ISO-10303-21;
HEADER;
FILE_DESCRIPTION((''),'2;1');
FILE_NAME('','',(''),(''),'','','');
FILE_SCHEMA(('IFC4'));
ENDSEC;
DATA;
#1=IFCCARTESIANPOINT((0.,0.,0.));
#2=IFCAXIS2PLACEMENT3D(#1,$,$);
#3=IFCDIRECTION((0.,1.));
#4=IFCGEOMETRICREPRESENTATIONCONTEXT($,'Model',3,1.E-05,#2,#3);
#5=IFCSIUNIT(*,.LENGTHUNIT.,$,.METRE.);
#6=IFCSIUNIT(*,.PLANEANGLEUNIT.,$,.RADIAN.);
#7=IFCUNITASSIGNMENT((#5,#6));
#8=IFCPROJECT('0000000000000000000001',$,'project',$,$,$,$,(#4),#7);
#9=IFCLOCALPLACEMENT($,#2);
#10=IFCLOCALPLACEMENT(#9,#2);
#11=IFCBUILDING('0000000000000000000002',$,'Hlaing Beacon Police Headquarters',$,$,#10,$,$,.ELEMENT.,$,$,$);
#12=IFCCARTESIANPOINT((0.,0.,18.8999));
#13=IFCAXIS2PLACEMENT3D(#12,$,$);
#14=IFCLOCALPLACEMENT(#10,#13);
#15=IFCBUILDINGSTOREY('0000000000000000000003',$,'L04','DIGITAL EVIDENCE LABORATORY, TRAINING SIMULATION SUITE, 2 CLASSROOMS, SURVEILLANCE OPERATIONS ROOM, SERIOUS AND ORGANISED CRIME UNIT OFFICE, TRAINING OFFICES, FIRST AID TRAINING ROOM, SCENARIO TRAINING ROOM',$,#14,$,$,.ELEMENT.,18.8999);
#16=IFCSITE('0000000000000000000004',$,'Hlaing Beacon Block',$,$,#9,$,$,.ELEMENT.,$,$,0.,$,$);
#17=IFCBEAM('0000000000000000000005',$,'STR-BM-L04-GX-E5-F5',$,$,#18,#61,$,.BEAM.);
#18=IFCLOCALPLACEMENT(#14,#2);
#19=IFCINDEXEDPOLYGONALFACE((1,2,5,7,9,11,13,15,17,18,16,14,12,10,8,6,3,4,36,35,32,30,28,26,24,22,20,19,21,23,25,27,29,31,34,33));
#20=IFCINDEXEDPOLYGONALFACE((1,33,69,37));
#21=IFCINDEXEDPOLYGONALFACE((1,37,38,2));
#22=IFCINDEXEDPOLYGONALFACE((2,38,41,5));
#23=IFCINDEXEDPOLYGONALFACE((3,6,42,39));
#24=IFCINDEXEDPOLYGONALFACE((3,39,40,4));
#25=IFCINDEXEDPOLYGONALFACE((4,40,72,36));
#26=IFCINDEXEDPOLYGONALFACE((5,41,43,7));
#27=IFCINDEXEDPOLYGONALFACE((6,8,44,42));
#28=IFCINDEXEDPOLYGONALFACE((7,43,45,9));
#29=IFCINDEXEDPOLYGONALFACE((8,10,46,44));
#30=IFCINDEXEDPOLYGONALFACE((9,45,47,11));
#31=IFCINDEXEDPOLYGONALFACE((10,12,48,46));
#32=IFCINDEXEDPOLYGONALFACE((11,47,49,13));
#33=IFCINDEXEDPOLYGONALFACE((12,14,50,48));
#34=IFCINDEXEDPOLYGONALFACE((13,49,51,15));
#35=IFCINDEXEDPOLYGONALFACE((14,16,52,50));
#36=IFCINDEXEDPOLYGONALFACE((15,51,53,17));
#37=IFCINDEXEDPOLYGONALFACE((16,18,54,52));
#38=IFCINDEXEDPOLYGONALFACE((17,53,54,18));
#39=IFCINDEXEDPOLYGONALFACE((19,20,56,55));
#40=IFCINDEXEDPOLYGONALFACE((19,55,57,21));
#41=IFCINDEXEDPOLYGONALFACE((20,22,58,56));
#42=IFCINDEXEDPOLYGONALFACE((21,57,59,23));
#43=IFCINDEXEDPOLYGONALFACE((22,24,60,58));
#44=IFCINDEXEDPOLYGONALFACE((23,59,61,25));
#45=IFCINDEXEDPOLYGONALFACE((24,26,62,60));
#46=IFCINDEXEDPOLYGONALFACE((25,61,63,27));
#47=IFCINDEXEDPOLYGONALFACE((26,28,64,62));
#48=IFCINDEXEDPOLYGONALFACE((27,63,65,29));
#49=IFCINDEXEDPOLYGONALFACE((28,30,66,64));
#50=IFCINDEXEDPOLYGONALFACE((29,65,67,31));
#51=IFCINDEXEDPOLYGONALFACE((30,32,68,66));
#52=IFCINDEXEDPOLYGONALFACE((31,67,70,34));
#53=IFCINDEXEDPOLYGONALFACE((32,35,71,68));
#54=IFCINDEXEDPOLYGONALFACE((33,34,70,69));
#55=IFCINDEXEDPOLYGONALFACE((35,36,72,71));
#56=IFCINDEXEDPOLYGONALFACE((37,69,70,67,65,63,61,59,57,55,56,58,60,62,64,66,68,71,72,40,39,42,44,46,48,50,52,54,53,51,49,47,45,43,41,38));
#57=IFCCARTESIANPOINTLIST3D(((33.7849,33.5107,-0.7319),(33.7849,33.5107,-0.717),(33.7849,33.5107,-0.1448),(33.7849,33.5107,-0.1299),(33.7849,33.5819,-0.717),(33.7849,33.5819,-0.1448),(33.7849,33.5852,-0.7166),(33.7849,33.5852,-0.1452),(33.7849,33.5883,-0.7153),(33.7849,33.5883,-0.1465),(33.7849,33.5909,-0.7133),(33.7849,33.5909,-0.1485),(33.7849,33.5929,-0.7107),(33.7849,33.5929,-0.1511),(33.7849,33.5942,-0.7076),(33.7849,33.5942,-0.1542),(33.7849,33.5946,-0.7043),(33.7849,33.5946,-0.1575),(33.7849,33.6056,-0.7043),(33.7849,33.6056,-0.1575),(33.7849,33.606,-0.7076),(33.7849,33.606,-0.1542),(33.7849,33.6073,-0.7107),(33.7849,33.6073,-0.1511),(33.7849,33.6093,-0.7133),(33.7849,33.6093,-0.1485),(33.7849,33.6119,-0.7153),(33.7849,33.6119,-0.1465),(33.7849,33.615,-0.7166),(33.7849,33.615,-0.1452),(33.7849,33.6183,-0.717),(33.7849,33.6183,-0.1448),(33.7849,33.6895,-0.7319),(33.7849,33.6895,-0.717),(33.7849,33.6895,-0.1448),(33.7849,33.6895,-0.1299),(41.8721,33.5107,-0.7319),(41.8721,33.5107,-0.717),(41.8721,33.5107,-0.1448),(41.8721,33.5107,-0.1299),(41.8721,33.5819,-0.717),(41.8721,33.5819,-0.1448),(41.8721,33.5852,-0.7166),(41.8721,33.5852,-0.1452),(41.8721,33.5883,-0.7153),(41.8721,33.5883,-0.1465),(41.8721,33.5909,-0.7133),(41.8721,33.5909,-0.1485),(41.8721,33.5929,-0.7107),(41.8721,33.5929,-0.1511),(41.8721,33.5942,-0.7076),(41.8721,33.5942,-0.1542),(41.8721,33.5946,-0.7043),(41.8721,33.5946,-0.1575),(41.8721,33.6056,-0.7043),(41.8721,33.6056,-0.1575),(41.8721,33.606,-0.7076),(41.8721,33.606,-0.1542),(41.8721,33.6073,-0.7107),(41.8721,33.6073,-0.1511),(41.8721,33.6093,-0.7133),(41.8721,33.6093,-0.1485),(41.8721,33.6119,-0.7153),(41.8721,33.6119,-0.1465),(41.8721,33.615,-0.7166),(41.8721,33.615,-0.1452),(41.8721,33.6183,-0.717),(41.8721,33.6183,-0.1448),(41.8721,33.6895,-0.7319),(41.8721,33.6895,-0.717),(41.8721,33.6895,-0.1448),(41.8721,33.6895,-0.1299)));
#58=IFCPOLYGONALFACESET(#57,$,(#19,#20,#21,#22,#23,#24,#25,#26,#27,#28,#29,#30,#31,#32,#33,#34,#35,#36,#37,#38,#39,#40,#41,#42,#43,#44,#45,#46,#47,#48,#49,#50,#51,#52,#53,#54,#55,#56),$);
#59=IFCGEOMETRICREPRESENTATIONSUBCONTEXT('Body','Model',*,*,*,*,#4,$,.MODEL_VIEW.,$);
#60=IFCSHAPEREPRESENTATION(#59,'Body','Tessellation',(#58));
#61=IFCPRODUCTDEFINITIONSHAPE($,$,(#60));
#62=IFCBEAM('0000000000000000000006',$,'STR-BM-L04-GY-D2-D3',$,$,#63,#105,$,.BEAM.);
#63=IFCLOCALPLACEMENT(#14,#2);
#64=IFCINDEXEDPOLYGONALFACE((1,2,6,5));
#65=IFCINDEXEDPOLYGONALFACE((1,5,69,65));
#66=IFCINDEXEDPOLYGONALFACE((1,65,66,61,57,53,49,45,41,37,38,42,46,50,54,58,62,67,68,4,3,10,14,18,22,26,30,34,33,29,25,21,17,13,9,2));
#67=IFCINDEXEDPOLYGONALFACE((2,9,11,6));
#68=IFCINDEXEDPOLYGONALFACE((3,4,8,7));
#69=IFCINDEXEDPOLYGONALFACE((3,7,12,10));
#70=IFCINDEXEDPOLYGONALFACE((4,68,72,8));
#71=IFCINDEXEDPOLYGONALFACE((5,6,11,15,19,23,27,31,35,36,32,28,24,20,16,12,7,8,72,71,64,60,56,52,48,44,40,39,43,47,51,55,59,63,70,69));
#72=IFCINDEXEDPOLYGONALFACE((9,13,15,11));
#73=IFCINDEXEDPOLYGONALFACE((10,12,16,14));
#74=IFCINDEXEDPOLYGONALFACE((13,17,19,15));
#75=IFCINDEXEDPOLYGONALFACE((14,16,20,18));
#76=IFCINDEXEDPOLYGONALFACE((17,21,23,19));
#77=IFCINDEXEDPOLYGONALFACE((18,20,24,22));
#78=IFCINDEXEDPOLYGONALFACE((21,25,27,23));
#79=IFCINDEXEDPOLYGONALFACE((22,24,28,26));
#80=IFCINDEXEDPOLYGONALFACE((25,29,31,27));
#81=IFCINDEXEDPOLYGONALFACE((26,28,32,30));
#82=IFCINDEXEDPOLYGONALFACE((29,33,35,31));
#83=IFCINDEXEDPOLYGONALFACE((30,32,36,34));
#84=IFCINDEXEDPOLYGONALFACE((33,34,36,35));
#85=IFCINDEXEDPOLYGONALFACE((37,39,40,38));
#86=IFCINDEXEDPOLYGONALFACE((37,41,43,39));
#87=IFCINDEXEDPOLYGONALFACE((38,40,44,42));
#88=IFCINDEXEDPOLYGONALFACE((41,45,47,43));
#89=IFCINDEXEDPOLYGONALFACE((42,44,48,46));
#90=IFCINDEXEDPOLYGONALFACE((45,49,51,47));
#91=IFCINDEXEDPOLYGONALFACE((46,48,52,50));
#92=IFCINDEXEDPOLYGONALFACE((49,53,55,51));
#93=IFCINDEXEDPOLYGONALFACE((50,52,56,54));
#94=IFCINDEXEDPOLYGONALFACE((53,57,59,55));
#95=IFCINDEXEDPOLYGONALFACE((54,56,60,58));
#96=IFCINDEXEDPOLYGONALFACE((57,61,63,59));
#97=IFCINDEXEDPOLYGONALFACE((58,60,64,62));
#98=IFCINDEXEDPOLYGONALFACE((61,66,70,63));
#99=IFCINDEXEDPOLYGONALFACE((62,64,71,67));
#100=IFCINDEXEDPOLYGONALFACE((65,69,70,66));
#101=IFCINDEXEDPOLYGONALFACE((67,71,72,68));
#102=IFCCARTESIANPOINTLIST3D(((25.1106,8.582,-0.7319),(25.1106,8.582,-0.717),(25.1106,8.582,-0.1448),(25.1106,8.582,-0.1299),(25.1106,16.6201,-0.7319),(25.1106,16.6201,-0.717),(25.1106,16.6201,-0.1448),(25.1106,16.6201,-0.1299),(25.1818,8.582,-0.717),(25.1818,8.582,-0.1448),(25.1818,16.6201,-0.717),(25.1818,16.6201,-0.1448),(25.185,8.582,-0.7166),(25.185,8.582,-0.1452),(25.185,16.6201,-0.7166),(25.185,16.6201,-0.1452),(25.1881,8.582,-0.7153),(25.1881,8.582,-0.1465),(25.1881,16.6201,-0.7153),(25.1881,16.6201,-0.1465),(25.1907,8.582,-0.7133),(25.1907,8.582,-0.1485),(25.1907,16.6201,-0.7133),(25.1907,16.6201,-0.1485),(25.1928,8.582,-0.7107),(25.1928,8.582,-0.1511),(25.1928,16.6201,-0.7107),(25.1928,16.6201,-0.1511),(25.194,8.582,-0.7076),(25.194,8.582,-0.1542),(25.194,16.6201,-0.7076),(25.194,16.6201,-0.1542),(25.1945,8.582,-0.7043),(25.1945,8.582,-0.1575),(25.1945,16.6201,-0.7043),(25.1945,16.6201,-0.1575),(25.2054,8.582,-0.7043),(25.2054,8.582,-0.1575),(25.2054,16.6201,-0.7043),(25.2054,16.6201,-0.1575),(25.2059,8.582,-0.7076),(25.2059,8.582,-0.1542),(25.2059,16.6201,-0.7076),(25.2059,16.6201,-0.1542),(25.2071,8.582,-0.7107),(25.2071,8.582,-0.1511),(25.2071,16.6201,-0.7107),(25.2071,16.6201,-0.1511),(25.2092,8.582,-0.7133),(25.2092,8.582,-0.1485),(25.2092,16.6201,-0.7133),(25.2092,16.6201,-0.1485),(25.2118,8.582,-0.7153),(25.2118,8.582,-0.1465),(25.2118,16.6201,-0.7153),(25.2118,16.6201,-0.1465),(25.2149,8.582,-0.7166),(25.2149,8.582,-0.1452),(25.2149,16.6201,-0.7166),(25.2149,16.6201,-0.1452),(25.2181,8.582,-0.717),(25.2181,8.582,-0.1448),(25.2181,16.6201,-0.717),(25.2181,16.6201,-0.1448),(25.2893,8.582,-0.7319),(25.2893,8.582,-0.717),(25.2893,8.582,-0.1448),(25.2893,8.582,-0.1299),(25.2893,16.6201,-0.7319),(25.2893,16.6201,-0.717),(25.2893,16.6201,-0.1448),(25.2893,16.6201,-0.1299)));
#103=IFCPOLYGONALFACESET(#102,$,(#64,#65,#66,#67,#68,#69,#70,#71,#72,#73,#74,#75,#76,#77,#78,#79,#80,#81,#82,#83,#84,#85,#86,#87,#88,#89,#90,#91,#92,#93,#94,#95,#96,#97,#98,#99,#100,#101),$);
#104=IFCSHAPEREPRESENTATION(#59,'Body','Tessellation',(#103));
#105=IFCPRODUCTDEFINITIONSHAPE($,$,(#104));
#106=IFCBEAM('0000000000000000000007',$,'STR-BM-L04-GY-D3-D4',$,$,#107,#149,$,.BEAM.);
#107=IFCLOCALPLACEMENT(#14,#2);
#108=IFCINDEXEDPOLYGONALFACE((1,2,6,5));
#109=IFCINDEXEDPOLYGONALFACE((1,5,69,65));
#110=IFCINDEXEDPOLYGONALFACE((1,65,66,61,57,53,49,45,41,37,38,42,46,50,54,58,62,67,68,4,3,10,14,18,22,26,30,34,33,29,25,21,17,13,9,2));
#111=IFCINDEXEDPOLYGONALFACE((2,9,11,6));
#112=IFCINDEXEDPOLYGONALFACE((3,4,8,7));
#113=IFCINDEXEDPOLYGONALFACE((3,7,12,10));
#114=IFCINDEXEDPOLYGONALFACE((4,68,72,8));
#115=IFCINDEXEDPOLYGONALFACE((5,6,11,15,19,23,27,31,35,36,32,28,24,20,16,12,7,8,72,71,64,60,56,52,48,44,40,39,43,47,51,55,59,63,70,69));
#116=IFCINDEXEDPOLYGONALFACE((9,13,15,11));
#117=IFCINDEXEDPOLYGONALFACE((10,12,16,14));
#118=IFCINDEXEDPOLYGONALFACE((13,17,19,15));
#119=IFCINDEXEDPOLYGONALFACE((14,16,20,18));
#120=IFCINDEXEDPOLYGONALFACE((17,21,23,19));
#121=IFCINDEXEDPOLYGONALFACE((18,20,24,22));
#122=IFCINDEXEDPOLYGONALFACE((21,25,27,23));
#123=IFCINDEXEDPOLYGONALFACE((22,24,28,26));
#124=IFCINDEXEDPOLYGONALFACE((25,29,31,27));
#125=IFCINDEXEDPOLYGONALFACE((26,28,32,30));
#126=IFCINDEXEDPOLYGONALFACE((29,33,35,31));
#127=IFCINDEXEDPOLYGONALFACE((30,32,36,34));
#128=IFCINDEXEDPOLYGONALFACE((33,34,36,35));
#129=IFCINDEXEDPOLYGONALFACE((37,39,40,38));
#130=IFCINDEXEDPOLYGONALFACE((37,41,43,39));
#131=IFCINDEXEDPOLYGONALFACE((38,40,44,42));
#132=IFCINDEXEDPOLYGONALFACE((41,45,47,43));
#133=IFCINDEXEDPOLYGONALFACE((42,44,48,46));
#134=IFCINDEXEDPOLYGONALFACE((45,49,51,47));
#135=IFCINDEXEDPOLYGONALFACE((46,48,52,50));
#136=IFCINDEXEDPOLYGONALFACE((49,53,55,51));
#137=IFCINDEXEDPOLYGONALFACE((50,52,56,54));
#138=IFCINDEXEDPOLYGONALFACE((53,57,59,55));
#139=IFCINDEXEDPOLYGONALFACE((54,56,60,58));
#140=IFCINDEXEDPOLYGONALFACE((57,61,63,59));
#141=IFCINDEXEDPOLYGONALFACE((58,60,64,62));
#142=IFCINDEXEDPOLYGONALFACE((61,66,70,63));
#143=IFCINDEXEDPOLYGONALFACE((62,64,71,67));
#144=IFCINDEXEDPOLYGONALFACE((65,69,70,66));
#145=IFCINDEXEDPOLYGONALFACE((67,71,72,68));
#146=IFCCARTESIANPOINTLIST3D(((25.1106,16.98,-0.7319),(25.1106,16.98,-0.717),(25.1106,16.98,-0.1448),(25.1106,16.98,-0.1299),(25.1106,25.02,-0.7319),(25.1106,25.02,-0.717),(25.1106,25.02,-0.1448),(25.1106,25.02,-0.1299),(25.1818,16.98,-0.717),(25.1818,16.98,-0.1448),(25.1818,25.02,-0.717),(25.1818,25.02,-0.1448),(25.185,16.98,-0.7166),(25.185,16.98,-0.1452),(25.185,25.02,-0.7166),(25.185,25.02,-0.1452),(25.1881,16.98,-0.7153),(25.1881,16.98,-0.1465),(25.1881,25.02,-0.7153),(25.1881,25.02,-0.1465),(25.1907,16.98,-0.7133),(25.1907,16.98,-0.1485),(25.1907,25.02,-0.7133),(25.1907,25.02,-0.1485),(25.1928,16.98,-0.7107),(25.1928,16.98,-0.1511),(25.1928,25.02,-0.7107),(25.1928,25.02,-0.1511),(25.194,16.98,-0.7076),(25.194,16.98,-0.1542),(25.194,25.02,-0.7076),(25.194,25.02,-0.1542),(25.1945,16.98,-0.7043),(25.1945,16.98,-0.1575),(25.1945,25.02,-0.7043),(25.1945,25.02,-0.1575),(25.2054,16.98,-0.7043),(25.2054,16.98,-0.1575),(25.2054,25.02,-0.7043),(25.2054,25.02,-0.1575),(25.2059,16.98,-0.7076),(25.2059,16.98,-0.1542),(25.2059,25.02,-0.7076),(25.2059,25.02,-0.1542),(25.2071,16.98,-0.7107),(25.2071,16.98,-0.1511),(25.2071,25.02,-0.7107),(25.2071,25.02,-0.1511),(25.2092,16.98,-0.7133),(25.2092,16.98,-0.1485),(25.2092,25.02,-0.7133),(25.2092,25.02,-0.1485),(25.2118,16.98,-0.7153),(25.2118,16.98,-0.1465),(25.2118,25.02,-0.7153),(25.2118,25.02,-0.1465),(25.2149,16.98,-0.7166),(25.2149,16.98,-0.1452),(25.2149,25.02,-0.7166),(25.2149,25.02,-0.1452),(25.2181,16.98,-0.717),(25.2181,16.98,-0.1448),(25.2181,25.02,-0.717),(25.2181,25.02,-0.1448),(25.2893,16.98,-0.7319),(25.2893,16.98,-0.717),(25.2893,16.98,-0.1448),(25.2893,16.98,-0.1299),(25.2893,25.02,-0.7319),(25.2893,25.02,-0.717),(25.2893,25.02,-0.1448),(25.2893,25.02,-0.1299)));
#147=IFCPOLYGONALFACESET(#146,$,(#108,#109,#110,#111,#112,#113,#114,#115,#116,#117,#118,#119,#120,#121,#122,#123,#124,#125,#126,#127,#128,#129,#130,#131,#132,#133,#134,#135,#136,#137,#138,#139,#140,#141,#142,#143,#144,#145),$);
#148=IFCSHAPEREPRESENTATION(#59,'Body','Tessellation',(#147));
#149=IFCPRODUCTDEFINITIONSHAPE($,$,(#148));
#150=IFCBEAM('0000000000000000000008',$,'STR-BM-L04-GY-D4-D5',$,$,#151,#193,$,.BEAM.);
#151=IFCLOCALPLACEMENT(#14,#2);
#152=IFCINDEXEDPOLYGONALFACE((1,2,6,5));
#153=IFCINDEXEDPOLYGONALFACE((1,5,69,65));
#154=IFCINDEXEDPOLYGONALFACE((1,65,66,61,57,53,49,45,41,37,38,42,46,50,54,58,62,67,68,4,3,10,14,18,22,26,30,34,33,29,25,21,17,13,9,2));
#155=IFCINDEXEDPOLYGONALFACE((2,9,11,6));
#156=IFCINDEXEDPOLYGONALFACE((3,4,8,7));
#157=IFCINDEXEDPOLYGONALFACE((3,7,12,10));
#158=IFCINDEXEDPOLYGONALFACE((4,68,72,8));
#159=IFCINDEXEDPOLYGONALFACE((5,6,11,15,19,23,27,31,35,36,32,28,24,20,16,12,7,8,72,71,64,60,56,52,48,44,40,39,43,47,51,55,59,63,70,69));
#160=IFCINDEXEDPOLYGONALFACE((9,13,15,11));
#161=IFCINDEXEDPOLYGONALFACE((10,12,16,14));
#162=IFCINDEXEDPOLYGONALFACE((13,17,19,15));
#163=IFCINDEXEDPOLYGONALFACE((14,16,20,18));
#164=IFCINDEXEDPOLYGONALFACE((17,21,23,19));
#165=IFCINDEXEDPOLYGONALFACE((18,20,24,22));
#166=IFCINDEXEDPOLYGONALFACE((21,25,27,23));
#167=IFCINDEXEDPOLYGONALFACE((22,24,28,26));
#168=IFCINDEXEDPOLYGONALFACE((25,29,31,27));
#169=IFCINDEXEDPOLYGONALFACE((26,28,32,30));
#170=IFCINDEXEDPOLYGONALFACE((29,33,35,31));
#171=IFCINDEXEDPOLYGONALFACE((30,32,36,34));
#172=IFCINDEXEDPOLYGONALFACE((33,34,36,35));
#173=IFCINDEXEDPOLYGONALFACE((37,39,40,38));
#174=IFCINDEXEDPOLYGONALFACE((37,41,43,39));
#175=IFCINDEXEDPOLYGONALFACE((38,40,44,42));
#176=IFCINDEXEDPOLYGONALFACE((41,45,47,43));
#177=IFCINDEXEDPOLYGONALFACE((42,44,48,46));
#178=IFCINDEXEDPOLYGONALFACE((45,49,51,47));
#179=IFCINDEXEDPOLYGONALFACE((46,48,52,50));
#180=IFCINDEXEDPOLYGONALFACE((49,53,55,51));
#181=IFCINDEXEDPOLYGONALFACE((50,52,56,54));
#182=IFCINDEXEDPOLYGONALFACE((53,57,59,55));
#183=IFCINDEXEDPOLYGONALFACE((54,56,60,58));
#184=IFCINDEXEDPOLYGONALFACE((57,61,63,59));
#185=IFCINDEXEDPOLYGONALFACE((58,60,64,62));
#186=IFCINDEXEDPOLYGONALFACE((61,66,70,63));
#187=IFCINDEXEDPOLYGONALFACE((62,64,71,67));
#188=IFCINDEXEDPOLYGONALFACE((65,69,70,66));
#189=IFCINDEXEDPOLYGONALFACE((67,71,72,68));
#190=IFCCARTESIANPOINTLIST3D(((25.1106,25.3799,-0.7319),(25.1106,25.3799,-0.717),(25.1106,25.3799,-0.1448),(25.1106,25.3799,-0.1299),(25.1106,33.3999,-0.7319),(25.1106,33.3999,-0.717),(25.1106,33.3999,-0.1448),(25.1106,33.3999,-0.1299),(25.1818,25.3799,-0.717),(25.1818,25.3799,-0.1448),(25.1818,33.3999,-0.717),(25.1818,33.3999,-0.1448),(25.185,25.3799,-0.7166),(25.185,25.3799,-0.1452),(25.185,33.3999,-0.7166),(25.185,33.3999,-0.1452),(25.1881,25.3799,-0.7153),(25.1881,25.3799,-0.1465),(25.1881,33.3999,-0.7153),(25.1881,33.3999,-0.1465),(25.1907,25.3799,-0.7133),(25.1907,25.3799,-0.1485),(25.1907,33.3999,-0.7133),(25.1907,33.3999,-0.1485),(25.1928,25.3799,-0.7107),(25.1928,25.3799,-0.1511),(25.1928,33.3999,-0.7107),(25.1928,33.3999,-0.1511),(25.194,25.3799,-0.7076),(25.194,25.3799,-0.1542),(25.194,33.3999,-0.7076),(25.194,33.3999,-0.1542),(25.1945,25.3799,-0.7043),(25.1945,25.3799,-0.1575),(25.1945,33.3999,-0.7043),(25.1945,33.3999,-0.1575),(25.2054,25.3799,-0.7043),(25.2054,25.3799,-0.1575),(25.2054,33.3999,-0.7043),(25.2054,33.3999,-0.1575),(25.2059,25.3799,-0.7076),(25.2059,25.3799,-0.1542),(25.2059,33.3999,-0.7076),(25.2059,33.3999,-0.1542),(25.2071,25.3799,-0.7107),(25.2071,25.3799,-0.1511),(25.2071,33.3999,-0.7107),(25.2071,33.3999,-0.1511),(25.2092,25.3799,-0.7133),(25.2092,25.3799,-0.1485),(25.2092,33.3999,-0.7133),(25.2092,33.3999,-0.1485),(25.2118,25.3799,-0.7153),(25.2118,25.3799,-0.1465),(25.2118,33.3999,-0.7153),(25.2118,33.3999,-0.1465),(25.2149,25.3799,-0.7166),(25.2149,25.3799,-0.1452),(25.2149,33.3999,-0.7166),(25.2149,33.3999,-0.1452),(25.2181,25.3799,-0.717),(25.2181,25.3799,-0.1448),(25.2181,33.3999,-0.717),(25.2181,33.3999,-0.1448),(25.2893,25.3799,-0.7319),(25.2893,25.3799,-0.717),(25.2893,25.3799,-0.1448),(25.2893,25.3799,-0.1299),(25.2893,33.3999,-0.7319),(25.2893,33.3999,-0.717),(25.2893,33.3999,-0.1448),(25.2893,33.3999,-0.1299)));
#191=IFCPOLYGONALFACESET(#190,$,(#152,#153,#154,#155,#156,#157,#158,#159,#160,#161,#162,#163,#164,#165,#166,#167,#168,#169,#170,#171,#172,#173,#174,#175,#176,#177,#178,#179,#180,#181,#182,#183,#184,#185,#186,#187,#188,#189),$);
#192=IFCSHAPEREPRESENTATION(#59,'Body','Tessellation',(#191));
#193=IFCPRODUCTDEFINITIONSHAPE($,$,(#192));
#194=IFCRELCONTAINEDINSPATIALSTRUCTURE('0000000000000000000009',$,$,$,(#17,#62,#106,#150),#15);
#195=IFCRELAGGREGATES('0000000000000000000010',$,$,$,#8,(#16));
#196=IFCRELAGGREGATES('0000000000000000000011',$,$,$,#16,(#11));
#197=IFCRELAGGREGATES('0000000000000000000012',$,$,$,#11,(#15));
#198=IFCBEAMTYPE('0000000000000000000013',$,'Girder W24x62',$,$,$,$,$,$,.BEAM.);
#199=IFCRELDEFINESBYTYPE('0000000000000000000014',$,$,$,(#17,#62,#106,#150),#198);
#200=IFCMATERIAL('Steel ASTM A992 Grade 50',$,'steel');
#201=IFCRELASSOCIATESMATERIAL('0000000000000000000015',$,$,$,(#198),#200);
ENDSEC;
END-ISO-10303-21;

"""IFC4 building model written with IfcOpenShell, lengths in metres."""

from ifc_helpers import new_model, si_unit, direction, frame, origin, origin_2d, place, context, subcontext, project, spatial, i_section, extrude, material, material_profile, profile_set, type_object, element, save


model = new_model("IFC4")

# Units and contexts
model_context = context("Model", 3, precision=1e-05, world=origin(), true_north=direction((0.0, 1.0)))
body_context = subcontext(model_context, "Body", "Model", "MODEL_VIEW")
ifc_project = project(units=[si_unit("LENGTHUNIT", "METRE"), si_unit("PLANEANGLEUNIT", "RADIAN")], contexts=[model_context])

# Site, building, storey
site_placement = place(None, origin())
site = spatial("IfcSite", under=ifc_project, at=site_placement, Name="Hlaing Beacon Block", CompositionType="ELEMENT", RefElevation=0.0)
building_placement = place(site_placement, origin())
building = spatial("IfcBuilding", under=site, at=building_placement, Name="Hlaing Beacon Police Headquarters", CompositionType="ELEMENT")
storey_placement = place(building_placement, frame((0.0, 0.0, 18.8999)))
storey = spatial("IfcBuildingStorey", under=building, at=storey_placement, Name="L04", Description="DIGITAL EVIDENCE LABORATORY, TRAINING SIMULATION SUITE, 2 CLASSROOMS, SURVEILLANCE OPERATIONS ROOM, SERIOUS AND ORGANISED CRIME UNIT OFFICE, TRAINING OFFICES, FIRST AID TRAINING ROOM, SCENARIO TRAINING ROOM", CompositionType="ELEMENT", Elevation=18.8999)

# Beams
ifc_material_1 = material(Name="Steel ASTM A992 Grade 50", Category="steel")
ifc_material_profile_1 = material_profile(ifc_material_1, i_section(OverallWidth=0.1787, OverallDepth=0.6021, WebThickness=0.011, FlangeThickness=0.0149, FilletRadius=0.0127, at=origin_2d()), Name="W24x62")
ifc_profile_set_1 = profile_set([ifc_material_profile_1], Name="Steel ASTM A992 Grade 50")
beam_type_1 = type_object("IfcBeamType", Name="Girder W24x62", PredefinedType="BEAM", material=ifc_profile_set_1)
beam_1_placement = place(storey_placement, frame((33.7849, 33.6001, -0.4309), z_axis=(1.0, 0.0, 0.0), x_axis=(0.0, 1.0, 0.0)))
element("IfcBeam", 1, at=beam_1_placement, inside=storey, type_object=beam_type_1, Name="STR-BM-L04-GX-E5-F5", PredefinedType="BEAM", context=body_context, shape_type="SweptSolid", body=[
    extrude(i_section(OverallWidth=0.1787, OverallDepth=0.6021, WebThickness=0.011, FlangeThickness=0.0149, FilletRadius=0.0127, at=origin_2d()), origin(), (0.0, 0.0, 1.0), 8.0872),
])
beam_2_placement = place(storey_placement, frame((25.2, 8.582, -0.4309), z_axis=(0.0, 1.0, 0.0), x_axis=(-1.0, 0.0, 0.0)))
element("IfcBeam", 2, at=beam_2_placement, inside=storey, type_object=beam_type_1, Name="STR-BM-L04-GY-D2-D3", PredefinedType="BEAM", context=body_context, shape_type="SweptSolid", body=[
    extrude(i_section(OverallWidth=0.1787, OverallDepth=0.6021, WebThickness=0.011, FlangeThickness=0.0149, FilletRadius=0.0127, at=origin_2d()), origin(), (0.0, 0.0, 1.0), 8.0381),
])
beam_3_placement = place(storey_placement, frame((25.2, 16.98, -0.4309), z_axis=(0.0, 1.0, 0.0), x_axis=(-1.0, 0.0, 0.0)))
element("IfcBeam", 3, at=beam_3_placement, inside=storey, type_object=beam_type_1, Name="STR-BM-L04-GY-D3-D4", PredefinedType="BEAM", context=body_context, shape_type="SweptSolid", body=[
    extrude(i_section(OverallWidth=0.1787, OverallDepth=0.6021, WebThickness=0.011, FlangeThickness=0.0149, FilletRadius=0.0127, at=origin_2d()), origin(), (0.0, 0.0, 1.0), 8.04),
])
beam_4_placement = place(storey_placement, frame((25.2, 25.3799, -0.4309), z_axis=(0.0, 1.0, 0.0), x_axis=(-1.0, 0.0, 0.0)))
element("IfcBeam", 4, at=beam_4_placement, inside=storey, type_object=beam_type_1, Name="STR-BM-L04-GY-D4-D5", PredefinedType="BEAM", context=body_context, shape_type="SweptSolid", body=[
    extrude(i_section(OverallWidth=0.1787, OverallDepth=0.6021, WebThickness=0.011, FlangeThickness=0.0149, FilletRadius=0.0127, at=origin_2d()), origin(), (0.0, 0.0, 1.0), 8.02),
])

save(model, "model.ifc")
